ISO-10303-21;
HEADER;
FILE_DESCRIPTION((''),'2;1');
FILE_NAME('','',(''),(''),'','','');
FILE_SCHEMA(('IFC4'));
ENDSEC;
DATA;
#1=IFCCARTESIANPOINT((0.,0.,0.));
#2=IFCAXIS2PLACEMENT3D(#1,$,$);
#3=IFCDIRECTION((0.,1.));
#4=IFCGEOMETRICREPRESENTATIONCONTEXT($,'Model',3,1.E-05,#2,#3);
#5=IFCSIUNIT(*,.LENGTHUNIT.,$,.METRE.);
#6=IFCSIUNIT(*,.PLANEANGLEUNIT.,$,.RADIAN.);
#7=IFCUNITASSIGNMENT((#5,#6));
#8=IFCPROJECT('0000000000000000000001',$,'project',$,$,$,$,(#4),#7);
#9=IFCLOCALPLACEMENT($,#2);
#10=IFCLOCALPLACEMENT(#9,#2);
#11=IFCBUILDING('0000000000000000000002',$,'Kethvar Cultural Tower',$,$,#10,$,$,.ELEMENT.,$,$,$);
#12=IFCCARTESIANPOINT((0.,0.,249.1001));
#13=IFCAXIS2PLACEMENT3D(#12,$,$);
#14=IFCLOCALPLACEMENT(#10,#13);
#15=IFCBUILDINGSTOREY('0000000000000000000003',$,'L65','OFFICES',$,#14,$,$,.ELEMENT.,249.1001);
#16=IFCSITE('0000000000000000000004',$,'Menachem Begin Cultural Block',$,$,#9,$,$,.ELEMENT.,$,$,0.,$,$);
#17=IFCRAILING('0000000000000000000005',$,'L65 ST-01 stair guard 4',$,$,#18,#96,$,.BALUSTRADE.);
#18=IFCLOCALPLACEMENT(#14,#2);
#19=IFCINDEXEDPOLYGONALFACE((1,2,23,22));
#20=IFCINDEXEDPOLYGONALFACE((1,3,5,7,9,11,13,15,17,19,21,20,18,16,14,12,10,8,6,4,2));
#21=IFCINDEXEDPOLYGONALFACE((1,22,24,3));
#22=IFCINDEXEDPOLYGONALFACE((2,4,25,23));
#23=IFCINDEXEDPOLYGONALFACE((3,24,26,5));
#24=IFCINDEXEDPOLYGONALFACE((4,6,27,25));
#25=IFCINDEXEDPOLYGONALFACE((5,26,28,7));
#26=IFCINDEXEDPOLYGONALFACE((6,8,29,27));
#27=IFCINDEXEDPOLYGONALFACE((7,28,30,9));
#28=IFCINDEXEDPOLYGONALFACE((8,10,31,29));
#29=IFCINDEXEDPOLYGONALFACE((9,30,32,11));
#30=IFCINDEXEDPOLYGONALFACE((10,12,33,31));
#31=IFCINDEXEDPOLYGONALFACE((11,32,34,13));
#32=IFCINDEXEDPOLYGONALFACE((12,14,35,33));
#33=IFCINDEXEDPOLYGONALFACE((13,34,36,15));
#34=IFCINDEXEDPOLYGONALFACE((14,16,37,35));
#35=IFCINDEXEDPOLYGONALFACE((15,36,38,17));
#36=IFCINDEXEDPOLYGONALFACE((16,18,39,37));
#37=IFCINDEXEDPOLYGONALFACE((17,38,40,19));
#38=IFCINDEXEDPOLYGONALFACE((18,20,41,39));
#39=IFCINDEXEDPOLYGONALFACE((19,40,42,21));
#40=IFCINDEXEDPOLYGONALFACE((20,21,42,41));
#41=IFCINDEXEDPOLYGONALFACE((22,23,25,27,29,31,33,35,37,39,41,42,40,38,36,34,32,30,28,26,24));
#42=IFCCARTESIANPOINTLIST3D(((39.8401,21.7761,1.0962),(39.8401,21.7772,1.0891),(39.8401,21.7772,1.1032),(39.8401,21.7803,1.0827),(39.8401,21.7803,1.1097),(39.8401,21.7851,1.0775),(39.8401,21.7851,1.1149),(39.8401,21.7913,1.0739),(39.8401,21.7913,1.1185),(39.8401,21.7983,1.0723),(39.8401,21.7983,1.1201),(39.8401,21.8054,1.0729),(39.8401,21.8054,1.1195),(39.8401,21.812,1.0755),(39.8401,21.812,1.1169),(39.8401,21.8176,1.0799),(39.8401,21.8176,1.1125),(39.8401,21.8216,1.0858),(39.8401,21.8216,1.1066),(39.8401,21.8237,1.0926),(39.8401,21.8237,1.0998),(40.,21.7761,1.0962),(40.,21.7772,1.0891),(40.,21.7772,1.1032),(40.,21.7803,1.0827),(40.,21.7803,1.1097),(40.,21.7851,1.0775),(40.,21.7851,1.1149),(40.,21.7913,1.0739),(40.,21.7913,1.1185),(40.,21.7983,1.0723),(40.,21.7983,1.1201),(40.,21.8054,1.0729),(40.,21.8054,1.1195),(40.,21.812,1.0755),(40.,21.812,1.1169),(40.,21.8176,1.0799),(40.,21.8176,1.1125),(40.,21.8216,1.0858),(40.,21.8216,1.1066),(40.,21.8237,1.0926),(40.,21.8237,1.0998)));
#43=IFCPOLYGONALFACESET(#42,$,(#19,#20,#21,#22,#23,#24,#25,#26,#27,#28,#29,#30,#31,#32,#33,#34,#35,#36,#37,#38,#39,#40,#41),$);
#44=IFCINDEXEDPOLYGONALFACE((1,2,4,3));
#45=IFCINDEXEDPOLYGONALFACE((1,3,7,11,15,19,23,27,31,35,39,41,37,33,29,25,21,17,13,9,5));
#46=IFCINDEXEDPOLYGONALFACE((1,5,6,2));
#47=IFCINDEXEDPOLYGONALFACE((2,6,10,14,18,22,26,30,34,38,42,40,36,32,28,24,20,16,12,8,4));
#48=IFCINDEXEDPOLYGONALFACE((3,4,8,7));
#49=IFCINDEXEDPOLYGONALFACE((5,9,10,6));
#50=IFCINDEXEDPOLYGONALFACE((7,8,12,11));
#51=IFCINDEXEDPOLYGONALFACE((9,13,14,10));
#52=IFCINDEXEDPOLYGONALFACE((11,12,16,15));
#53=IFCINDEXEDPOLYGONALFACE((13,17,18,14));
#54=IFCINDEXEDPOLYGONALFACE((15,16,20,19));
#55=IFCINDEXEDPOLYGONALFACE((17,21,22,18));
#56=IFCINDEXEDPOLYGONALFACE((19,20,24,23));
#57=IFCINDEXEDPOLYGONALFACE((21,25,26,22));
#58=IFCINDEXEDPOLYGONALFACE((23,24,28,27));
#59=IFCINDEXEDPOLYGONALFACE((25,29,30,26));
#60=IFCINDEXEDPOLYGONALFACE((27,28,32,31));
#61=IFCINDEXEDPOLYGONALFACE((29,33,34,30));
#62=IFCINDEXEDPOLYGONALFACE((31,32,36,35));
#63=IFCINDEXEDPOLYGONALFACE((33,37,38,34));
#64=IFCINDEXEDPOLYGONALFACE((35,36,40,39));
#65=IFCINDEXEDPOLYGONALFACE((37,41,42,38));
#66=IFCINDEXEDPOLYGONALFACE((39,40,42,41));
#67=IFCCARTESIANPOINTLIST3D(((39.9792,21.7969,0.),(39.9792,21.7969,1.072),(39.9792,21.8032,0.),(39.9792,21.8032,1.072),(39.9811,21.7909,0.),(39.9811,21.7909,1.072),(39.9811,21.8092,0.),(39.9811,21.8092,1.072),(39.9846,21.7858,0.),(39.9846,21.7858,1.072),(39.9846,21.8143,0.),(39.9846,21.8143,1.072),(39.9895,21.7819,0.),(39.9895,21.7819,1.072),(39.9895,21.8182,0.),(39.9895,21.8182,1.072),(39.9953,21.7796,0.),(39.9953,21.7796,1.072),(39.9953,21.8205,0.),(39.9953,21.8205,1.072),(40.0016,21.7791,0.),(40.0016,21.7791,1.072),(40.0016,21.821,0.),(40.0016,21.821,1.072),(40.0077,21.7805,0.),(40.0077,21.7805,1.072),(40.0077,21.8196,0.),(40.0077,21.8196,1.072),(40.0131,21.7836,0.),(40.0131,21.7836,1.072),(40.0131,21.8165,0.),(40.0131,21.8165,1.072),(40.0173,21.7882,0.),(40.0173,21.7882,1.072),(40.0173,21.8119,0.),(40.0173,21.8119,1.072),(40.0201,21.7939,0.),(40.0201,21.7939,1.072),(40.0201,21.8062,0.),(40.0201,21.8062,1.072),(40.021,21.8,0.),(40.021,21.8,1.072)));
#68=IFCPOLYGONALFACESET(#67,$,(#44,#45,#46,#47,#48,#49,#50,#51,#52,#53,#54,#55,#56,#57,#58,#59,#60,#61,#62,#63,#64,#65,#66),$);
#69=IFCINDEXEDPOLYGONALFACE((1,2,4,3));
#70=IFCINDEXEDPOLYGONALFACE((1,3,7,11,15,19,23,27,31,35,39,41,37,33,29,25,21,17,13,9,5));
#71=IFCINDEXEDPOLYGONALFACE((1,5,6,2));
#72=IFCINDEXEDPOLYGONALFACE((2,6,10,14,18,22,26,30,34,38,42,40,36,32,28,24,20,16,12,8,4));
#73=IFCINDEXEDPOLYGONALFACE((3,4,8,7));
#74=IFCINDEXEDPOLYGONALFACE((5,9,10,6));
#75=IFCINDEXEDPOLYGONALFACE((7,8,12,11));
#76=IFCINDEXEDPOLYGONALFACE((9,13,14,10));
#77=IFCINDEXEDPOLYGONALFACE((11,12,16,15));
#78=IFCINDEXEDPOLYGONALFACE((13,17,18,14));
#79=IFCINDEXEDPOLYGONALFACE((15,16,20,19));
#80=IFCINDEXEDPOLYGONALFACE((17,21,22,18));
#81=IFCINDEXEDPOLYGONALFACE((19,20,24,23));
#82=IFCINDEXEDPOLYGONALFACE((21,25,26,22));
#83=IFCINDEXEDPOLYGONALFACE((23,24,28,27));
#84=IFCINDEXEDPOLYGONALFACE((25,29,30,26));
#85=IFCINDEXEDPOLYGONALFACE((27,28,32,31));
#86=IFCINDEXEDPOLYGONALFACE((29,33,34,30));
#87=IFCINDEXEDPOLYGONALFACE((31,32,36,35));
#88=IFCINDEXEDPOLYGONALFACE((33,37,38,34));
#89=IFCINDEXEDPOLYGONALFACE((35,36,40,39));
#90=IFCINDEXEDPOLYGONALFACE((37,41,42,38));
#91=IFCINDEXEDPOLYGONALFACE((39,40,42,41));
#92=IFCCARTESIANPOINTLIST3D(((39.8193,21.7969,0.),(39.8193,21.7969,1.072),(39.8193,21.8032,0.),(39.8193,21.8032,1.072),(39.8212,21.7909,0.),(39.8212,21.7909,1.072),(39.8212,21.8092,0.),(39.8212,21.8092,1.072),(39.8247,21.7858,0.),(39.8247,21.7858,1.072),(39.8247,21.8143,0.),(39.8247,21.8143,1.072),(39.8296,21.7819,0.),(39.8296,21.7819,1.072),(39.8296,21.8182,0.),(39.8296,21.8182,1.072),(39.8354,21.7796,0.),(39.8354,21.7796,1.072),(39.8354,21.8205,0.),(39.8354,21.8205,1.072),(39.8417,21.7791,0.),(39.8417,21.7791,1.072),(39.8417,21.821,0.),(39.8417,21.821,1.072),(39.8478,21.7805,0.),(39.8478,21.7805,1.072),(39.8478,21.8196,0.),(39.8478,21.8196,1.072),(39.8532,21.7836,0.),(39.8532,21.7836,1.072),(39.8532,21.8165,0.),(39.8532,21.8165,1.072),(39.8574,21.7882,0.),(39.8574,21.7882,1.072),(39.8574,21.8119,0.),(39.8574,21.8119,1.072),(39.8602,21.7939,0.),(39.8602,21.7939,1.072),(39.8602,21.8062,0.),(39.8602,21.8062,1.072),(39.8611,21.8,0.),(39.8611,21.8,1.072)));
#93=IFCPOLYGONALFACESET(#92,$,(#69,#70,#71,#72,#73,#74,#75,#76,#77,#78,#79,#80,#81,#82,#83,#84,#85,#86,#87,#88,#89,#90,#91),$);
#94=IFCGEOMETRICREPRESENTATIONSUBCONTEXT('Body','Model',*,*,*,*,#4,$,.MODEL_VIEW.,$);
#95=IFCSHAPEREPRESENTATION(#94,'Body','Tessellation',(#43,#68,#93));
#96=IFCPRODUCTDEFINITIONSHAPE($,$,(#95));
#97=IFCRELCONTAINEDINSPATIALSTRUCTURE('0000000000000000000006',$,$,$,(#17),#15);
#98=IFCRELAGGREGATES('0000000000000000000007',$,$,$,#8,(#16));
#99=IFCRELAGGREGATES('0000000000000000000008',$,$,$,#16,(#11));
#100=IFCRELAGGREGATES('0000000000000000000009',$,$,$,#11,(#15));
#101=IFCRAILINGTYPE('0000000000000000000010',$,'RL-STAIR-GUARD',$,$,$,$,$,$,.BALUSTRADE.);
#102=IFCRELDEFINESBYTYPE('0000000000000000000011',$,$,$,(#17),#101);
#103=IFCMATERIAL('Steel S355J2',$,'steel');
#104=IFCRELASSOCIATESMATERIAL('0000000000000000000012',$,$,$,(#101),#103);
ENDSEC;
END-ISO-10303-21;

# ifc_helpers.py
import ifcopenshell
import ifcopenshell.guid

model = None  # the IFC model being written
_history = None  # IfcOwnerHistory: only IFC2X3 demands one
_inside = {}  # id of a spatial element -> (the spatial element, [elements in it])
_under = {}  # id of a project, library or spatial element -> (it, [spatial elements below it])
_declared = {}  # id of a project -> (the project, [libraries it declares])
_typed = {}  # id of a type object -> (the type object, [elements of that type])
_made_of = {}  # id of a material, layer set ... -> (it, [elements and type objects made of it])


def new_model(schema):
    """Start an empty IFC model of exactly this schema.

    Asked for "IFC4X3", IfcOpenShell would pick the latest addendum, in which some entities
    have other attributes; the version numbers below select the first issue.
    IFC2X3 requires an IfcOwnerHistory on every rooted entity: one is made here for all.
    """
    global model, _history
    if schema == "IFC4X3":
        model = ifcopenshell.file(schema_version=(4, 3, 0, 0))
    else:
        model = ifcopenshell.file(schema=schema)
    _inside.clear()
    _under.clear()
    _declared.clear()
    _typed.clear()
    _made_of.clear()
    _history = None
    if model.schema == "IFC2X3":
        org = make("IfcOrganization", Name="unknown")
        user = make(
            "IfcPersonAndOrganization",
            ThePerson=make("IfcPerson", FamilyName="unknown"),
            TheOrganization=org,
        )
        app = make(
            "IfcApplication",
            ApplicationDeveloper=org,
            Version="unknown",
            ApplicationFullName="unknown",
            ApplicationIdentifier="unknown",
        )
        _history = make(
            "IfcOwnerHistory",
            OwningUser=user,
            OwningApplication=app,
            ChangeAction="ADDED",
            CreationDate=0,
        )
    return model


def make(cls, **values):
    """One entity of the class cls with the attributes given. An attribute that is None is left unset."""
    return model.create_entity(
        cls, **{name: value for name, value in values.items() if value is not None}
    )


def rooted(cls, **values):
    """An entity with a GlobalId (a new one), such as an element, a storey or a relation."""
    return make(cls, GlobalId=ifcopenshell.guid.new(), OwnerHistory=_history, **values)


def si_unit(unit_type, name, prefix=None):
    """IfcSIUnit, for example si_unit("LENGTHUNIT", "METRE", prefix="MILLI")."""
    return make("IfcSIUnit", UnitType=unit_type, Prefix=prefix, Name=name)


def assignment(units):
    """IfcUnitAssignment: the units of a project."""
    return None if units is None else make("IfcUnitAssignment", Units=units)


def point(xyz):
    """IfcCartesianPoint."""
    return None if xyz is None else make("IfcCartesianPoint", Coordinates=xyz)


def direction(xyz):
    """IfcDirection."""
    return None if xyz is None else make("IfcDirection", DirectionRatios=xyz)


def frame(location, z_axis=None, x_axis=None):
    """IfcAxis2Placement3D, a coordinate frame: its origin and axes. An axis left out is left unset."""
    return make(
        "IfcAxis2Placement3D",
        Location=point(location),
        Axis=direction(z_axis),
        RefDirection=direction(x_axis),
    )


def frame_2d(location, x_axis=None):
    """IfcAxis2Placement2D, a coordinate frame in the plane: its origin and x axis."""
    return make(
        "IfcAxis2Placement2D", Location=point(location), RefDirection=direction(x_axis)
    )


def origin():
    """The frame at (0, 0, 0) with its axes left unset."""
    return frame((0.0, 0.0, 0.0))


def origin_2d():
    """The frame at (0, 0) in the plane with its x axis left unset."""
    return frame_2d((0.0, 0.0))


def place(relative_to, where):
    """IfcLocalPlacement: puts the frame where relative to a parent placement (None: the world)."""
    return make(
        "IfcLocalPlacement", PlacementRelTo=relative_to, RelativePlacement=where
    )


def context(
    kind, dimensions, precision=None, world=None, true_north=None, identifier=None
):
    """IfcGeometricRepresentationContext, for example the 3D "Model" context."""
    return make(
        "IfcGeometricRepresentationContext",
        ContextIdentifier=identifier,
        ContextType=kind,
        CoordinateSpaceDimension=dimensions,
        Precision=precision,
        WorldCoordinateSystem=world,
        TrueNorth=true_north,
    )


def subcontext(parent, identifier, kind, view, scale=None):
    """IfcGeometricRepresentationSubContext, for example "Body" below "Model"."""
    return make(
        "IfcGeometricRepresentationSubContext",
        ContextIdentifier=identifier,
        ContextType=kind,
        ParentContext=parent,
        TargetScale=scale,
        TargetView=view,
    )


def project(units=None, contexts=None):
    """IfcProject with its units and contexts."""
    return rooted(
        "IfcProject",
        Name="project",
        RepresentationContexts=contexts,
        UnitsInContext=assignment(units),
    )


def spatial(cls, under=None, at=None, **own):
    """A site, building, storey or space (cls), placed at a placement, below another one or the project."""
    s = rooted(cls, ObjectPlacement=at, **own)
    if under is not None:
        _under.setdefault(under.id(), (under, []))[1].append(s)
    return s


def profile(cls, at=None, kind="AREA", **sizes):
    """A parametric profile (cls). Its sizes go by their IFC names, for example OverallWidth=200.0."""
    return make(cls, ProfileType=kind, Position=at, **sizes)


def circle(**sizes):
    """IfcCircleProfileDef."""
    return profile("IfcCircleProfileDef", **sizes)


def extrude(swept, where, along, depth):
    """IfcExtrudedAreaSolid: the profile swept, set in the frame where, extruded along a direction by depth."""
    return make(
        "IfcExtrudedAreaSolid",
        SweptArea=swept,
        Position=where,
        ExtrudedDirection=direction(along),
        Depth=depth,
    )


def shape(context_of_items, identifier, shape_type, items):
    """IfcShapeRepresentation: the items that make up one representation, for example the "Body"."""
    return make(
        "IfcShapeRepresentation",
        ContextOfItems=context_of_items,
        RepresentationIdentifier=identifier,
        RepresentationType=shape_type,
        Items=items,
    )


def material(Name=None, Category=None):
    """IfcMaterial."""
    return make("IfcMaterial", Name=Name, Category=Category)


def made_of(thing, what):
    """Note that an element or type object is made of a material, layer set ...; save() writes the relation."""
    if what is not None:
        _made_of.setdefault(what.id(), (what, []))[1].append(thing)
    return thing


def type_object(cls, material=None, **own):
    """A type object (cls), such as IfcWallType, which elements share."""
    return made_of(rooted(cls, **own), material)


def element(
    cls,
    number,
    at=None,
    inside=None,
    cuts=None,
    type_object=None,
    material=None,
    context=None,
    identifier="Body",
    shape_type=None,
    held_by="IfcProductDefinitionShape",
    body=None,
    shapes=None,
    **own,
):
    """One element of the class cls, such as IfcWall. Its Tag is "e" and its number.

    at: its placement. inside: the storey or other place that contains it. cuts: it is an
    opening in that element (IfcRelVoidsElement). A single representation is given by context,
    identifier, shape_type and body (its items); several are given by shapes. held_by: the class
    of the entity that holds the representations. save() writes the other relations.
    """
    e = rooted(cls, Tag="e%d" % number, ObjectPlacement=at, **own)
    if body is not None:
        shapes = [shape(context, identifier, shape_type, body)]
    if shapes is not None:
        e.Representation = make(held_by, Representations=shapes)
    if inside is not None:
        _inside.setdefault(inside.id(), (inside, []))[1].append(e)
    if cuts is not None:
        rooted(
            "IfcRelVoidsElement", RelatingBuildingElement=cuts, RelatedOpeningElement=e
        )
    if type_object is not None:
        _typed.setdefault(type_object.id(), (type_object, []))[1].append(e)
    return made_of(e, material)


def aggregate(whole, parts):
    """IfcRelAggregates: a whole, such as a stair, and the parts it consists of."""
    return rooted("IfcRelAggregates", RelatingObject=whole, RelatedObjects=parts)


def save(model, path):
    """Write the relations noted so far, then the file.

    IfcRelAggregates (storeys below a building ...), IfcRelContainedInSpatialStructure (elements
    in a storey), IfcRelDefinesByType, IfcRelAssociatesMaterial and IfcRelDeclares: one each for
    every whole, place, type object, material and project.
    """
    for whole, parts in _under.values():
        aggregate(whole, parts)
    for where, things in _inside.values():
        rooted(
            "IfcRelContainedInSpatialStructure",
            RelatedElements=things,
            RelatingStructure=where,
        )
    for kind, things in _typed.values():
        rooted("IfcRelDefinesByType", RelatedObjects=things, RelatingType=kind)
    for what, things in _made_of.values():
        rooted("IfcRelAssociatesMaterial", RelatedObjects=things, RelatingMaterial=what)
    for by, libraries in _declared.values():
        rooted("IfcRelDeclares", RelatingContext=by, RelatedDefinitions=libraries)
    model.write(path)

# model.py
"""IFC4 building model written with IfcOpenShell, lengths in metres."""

from ifc_helpers import new_model, si_unit, direction, frame, origin, origin_2d, place, context, subcontext, project, spatial, circle, extrude, material, type_object, element, save


model = new_model("IFC4")

# Units and contexts
model_context = context("Model", 3, precision=1e-05, world=origin(), true_north=direction((0.0, 1.0)))
body_context = subcontext(model_context, "Body", "Model", "MODEL_VIEW")
ifc_project = project(units=[si_unit("LENGTHUNIT", "METRE"), si_unit("PLANEANGLEUNIT", "RADIAN")], contexts=[model_context])

# Site, building, storey
site_placement = place(None, origin())
site = spatial("IfcSite", under=ifc_project, at=site_placement, Name="Menachem Begin Cultural Block", CompositionType="ELEMENT", RefElevation=0.0)
building_placement = place(site_placement, origin())
building = spatial("IfcBuilding", under=site, at=building_placement, Name="Kethvar Cultural Tower", CompositionType="ELEMENT")
storey_placement = place(building_placement, frame((0.0, 0.0, 249.1001)))
storey = spatial("IfcBuildingStorey", under=building, at=storey_placement, Name="L65", Description="OFFICES", CompositionType="ELEMENT", Elevation=249.1001)

# Shared definitions
ifc_material_1 = material(Name="Steel S355J2", Category="steel")

# Railing
railing_type_1 = type_object("IfcRailingType", Name="RL-STAIR-GUARD", PredefinedType="BALUSTRADE", material=ifc_material_1)
railing_1_placement = place(storey_placement, frame((40.0, 21.8, 0.0)))
element("IfcRailing", 1, at=railing_1_placement, inside=storey, type_object=railing_type_1, Name="L65 ST-01 stair guard 4", PredefinedType="BALUSTRADE", context=body_context, shape_type="SweptSolid", body=[
    extrude(circle(Radius=0.0239, at=origin_2d()), frame((0.0, 0.0, 1.0962), z_axis=(-1.0, 0.0, 0.0), x_axis=(0.0, -1.0, 0.0)), (0.0, 0.0, 1.0), 0.1599),
    extrude(circle(Radius=0.021, at=origin_2d()), origin(), (0.0, 0.0, 1.0), 1.072),
    extrude(circle(Radius=0.021, at=origin_2d()), frame((-0.1599, 0.0, 0.0)), (0.0, 0.0, 1.0), 1.072),
])

save(model, "model.ifc")
